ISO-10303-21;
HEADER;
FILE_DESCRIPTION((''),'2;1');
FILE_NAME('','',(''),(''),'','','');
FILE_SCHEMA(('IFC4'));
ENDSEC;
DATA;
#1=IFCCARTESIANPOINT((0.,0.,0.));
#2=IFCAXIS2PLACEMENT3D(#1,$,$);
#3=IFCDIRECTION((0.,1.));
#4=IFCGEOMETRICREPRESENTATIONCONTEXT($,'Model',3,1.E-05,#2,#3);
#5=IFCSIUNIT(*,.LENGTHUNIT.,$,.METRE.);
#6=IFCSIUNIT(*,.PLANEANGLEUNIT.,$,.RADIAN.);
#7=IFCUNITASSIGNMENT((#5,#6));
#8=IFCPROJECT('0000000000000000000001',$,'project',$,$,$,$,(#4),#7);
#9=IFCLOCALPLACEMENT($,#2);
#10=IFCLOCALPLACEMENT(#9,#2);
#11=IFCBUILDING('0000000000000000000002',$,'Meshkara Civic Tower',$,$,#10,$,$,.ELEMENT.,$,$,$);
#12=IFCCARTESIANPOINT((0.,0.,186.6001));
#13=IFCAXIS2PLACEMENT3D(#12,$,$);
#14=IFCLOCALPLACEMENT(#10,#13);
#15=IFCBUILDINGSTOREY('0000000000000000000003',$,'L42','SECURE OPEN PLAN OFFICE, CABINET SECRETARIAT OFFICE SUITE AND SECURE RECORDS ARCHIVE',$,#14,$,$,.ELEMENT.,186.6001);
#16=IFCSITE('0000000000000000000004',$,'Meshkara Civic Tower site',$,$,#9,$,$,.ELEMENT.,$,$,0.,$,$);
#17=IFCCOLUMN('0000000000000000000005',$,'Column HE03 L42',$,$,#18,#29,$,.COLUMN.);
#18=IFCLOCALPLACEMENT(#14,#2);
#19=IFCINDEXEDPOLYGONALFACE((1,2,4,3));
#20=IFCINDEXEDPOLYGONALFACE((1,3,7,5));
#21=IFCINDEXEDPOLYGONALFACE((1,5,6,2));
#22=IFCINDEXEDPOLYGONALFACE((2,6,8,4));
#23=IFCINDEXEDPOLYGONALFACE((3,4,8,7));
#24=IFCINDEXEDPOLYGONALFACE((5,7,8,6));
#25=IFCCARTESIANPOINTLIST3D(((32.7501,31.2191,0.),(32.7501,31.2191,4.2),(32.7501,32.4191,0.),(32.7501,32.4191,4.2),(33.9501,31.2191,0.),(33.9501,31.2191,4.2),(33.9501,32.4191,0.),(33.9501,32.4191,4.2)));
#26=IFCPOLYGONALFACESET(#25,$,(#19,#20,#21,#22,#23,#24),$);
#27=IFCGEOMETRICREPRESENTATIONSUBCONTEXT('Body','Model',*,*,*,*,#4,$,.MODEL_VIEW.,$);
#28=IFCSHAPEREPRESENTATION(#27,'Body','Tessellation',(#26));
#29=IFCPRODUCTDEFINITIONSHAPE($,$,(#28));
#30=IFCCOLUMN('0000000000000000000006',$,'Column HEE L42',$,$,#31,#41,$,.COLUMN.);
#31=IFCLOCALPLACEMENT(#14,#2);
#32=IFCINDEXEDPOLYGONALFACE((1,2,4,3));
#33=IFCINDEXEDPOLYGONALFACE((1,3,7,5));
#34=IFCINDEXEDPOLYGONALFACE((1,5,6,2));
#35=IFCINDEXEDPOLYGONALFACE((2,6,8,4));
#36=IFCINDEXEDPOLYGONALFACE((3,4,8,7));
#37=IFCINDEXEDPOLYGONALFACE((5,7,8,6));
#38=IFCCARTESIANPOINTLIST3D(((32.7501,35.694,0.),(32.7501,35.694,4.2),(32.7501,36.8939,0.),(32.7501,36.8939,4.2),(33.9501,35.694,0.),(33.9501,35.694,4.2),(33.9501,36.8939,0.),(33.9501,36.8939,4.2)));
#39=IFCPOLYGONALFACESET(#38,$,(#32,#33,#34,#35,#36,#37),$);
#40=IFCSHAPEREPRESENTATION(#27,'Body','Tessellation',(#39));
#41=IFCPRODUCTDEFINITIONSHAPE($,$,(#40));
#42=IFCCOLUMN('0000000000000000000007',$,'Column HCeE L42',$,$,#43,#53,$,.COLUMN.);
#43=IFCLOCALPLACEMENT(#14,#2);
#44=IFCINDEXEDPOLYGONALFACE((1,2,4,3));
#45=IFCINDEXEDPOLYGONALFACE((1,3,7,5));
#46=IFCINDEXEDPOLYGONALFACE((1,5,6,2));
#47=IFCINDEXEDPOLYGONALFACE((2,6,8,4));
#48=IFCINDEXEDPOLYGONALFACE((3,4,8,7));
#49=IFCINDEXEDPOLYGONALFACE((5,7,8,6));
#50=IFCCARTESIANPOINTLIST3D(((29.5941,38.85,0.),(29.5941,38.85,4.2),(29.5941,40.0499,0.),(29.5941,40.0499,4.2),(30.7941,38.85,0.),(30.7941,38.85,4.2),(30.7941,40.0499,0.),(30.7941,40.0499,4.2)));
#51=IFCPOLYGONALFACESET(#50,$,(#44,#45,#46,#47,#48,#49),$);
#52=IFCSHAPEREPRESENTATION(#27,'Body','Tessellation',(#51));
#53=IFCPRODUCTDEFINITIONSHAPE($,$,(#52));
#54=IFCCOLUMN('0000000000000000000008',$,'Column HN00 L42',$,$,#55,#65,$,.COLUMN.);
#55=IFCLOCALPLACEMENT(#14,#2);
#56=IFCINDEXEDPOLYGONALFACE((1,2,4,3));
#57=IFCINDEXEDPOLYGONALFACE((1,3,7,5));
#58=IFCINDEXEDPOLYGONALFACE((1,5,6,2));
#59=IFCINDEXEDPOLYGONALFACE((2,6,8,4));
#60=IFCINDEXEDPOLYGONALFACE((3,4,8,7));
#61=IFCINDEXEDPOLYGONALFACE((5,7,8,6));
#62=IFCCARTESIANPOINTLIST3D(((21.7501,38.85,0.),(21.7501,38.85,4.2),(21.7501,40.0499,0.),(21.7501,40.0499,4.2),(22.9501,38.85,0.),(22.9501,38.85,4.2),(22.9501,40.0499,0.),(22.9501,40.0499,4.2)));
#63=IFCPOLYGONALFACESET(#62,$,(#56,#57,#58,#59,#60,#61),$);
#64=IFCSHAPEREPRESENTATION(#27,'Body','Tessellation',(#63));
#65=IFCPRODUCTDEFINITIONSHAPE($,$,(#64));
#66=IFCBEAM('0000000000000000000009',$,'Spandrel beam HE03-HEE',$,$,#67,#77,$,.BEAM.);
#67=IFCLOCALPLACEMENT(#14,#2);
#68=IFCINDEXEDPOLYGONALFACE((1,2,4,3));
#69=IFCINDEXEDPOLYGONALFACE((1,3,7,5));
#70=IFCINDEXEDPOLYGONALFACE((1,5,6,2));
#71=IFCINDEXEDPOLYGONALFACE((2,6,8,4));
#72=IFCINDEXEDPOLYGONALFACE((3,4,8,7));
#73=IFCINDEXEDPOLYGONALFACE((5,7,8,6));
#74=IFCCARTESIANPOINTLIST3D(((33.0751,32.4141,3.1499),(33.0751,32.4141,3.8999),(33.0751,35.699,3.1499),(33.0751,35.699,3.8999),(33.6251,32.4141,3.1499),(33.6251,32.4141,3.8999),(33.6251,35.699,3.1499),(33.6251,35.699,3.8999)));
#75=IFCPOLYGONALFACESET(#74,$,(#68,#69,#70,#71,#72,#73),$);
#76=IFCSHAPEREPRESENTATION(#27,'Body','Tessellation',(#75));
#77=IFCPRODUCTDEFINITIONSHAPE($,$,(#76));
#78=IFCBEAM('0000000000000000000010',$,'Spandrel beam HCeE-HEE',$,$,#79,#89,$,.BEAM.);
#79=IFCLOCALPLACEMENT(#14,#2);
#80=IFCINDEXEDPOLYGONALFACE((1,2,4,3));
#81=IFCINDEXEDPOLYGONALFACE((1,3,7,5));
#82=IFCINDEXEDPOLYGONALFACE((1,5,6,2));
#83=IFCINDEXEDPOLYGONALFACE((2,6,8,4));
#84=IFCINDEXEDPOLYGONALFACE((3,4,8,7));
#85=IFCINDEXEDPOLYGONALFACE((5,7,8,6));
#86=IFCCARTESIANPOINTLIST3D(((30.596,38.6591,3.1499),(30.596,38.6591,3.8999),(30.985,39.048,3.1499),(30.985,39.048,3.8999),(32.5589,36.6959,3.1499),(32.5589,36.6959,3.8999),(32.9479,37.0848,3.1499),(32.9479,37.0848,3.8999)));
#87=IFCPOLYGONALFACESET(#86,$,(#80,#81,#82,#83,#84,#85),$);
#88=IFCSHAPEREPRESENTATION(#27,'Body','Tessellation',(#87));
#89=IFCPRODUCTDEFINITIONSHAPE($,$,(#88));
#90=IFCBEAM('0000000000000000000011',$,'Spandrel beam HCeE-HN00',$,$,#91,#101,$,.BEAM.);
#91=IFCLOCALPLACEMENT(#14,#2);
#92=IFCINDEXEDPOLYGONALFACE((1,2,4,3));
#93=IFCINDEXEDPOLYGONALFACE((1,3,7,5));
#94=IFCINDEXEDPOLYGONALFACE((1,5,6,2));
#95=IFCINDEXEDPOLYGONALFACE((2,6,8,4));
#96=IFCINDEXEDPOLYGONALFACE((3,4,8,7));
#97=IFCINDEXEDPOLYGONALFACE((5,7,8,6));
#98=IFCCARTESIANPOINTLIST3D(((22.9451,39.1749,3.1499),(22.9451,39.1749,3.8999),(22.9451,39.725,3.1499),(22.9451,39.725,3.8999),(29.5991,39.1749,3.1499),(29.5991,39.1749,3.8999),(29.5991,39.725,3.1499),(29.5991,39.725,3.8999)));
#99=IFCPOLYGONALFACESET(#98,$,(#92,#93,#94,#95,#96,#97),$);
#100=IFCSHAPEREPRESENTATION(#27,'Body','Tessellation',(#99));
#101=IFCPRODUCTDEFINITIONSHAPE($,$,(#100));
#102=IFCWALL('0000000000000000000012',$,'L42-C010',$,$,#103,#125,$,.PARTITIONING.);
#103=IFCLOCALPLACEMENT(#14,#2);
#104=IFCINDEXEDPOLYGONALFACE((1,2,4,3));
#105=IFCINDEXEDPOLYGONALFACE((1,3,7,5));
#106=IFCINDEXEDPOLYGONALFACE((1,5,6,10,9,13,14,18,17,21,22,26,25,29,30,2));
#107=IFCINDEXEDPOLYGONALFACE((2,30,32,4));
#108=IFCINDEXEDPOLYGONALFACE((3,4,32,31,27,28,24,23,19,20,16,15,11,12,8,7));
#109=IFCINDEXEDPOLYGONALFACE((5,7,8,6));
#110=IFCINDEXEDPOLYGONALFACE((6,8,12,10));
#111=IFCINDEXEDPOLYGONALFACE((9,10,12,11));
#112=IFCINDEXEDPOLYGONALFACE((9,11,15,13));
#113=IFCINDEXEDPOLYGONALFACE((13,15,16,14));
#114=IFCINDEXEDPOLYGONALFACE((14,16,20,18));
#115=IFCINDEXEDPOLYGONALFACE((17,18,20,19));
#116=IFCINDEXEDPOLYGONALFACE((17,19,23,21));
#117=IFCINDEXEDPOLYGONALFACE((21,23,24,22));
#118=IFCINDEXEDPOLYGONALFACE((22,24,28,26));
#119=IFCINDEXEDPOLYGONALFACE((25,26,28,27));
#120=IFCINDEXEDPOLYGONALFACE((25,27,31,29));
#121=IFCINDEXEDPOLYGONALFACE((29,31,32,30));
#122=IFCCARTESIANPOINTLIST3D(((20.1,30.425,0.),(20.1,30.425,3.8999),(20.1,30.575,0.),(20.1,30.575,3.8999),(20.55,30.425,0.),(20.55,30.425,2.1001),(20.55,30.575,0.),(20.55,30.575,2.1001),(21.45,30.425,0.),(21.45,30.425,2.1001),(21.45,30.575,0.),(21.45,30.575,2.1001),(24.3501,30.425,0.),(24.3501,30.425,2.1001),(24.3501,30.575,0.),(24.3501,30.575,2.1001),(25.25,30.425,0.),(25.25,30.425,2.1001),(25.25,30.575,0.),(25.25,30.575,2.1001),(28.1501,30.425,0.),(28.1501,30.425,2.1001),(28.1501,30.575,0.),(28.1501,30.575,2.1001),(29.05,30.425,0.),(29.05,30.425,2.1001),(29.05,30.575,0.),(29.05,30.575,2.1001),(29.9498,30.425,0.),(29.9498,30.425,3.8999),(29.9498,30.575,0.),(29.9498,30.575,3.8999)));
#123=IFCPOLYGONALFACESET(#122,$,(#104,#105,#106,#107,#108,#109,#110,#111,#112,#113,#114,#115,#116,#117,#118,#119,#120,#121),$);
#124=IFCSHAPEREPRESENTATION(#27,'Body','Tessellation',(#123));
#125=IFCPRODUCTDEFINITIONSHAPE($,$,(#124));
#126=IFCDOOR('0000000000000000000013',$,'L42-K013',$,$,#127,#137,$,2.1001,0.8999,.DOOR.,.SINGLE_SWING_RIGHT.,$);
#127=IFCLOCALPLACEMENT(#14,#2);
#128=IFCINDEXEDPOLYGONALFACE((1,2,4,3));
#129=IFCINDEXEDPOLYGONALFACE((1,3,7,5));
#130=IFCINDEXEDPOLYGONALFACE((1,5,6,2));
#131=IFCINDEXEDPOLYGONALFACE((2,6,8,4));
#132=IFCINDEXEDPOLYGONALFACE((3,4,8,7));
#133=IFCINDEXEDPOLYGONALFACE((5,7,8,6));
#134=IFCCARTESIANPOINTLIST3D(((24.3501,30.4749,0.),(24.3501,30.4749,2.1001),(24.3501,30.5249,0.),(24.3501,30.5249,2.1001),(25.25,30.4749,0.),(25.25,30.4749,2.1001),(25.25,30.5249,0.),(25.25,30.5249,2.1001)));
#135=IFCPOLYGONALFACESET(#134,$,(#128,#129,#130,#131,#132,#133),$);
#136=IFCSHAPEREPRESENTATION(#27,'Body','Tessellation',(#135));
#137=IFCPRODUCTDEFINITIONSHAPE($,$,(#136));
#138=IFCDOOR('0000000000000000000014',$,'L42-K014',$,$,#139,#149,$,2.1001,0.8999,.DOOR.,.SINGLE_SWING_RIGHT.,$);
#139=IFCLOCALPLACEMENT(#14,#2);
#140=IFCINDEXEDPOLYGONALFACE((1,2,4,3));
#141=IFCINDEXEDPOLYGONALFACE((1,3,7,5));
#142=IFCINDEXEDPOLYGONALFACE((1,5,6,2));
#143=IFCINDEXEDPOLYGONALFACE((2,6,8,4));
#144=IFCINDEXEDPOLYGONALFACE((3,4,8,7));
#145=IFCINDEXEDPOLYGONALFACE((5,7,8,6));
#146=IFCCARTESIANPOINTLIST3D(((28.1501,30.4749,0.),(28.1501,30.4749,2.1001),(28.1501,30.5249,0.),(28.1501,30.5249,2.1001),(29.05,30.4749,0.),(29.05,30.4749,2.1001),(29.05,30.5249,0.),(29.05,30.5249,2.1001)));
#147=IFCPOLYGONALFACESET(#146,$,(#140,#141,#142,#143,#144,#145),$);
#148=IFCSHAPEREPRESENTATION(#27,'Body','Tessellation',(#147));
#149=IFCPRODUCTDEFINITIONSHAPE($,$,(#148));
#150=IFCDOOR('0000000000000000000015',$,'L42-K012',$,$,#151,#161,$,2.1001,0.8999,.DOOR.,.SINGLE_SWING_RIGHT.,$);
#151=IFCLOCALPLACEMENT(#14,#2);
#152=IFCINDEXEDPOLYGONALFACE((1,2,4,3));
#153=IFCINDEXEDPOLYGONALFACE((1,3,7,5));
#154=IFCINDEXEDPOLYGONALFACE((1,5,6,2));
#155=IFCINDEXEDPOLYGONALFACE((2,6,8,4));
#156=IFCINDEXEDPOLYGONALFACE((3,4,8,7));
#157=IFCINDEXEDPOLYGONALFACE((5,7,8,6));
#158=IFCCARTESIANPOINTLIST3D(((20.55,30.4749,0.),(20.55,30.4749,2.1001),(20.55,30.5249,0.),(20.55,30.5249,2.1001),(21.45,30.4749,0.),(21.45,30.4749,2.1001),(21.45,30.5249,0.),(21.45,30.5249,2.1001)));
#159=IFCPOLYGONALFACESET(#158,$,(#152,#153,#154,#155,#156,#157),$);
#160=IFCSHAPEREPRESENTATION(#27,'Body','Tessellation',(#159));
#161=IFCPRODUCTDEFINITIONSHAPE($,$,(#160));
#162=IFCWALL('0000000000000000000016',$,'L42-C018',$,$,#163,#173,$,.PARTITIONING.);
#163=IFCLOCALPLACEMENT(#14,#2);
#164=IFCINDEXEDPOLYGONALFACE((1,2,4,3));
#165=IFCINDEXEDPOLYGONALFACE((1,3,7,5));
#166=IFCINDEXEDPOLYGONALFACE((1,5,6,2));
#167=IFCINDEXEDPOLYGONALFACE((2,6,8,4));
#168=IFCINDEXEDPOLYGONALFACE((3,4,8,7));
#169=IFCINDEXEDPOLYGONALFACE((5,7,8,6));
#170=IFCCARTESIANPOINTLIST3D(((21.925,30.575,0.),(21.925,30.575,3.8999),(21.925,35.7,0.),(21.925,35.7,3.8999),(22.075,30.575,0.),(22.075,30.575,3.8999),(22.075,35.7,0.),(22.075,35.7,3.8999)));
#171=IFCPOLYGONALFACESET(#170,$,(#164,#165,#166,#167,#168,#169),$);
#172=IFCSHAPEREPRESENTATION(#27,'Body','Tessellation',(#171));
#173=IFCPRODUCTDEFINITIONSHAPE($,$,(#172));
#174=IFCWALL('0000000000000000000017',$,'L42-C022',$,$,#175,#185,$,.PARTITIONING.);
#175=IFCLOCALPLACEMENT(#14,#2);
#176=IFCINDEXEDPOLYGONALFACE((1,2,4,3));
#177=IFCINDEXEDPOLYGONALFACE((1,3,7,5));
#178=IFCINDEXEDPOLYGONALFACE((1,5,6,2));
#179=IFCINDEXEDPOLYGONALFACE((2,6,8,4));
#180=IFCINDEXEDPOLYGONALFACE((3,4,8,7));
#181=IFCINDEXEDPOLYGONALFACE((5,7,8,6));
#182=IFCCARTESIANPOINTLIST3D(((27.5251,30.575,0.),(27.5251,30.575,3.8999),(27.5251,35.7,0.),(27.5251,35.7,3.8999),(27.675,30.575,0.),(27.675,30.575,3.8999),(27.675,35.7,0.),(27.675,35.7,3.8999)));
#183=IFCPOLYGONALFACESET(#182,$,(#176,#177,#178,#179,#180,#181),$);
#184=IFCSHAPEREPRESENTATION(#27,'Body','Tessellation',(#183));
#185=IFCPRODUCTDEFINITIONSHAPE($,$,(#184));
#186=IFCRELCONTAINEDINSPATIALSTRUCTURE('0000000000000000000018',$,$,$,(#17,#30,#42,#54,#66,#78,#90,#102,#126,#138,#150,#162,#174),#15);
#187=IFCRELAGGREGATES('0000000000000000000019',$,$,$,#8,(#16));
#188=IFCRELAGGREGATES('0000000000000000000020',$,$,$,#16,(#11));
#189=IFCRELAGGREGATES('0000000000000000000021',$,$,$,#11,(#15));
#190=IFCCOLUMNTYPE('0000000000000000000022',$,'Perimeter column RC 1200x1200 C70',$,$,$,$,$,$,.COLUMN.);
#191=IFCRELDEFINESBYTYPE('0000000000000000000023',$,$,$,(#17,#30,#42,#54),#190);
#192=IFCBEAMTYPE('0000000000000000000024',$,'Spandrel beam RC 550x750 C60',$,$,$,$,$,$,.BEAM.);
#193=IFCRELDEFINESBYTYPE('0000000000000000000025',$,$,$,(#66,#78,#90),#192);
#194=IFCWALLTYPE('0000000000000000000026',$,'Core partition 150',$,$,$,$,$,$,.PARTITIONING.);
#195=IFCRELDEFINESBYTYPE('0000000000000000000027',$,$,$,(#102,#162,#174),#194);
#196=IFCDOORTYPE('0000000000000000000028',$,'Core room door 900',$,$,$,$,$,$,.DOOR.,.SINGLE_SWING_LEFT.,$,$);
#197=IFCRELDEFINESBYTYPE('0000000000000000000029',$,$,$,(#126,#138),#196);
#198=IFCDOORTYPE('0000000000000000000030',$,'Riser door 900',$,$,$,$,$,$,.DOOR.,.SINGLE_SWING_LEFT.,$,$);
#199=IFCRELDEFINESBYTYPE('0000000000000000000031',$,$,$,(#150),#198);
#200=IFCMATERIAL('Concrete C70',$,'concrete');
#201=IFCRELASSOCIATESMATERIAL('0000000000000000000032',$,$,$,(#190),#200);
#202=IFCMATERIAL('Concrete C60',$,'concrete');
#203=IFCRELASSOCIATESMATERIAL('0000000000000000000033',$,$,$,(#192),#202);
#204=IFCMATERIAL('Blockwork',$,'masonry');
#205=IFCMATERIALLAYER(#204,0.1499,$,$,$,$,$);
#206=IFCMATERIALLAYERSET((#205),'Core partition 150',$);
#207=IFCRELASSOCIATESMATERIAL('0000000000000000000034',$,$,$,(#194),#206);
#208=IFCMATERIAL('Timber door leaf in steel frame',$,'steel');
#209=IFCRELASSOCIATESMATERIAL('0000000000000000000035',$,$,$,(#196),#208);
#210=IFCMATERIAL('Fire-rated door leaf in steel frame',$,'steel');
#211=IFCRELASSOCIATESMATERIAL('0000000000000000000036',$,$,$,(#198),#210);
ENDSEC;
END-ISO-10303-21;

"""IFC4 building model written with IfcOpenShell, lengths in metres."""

from ifc_helpers import new_model, si_unit, direction, frame, frame_2d, origin, origin_2d, place, context, subcontext, project, spatial, rectangle, extrude, material, layer, layer_set, material_profile, profile_set, type_object, element, fill, save


model = new_model("IFC4")

# Units and contexts
model_context = context("Model", 3, precision=1e-05, world=origin(), true_north=direction((0.0, 1.0)))
body_context = subcontext(model_context, "Body", "Model", "MODEL_VIEW")
ifc_project = project(units=[si_unit("LENGTHUNIT", "METRE"), si_unit("PLANEANGLEUNIT", "RADIAN")], contexts=[model_context])

# Site, building, storey
site_placement = place(None, origin())
site = spatial("IfcSite", under=ifc_project, at=site_placement, Name="Meshkara Civic Tower site", CompositionType="ELEMENT", RefElevation=0.0)
building_placement = place(site_placement, origin())
building = spatial("IfcBuilding", under=site, at=building_placement, Name="Meshkara Civic Tower", CompositionType="ELEMENT")
storey_placement = place(building_placement, frame((0.0, 0.0, 186.6001)))
storey = spatial("IfcBuildingStorey", under=building, at=storey_placement, Name="L42", Description="SECURE OPEN PLAN OFFICE, CABINET SECRETARIAT OFFICE SUITE AND SECURE RECORDS ARCHIVE", CompositionType="ELEMENT", Elevation=186.6001)

# Columns
ifc_material_1 = material(Name="Concrete C70", Category="concrete")
ifc_material_profile_1 = material_profile(ifc_material_1, rectangle(XDim=1.2, YDim=1.2, at=origin_2d()))
ifc_profile_set_1 = profile_set([ifc_material_profile_1], Name="Concrete C70")
column_type = type_object("IfcColumnType", Name="Perimeter column RC 1200x1200 C70", PredefinedType="COLUMN", material=ifc_profile_set_1)
for number, where, z_axis, x_axis, name in (
    (1, (33.3501, 31.8191, 0.0), (0.0, 0.0, 1.0), (1.0, 0.0, 0.0), "Column HE03 L42"),
    (2, (33.3501, 36.2939, 0.0), (0.0, 0.0, 1.0), (1.0, 0.0, 0.0), "Column HEE L42"),
    (3, (30.1941, 39.45, 0.0), (0.0, 0.0, 1.0), (1.0, 0.0, 0.0), "Column HCeE L42"),
    (4, (22.3501, 39.45, 0.0), (0.0, 0.0, 1.0), (1.0, 0.0, 0.0), "Column HN00 L42"),
):
    element("IfcColumn", number, at=place(storey_placement, frame(where, z_axis=z_axis, x_axis=x_axis)), inside=storey, type_object=column_type, Name=name, PredefinedType="COLUMN", context=body_context, shape_type="SweptSolid", body=[
        extrude(rectangle(XDim=1.2, YDim=1.2, at=origin_2d()), origin(), (0.0, 0.0, 1.0), 4.2),
    ])

# Beams
ifc_material_2 = material(Name="Concrete C60", Category="concrete")
ifc_material_profile_2 = material_profile(ifc_material_2, rectangle(XDim=0.55, YDim=0.75, at=origin_2d()))
ifc_profile_set_2 = profile_set([ifc_material_profile_2], Name="Concrete C60")
beam_type = type_object("IfcBeamType", Name="Spandrel beam RC 550x750 C60", PredefinedType="BEAM", material=ifc_profile_set_2)
beam_1_placement = place(storey_placement, frame((33.3501, 32.4141, 3.5249), z_axis=(0.0, 1.0, 0.0), x_axis=(-1.0, 0.0, 0.0)))
element("IfcBeam", 5, at=beam_1_placement, inside=storey, type_object=beam_type, Name="Spandrel beam HE03-HEE", PredefinedType="BEAM", context=body_context, shape_type="SweptSolid", body=[
    extrude(rectangle(XDim=0.55, YDim=0.75, at=origin_2d()), origin(), (0.0, 0.0, 1.0), 3.2849),
])
beam_2_placement = place(storey_placement, frame((32.7534, 36.8904, 3.5249), z_axis=(-0.707063, 0.707151, 0.0), x_axis=(-0.707151, -0.707063, 0.0)))
element("IfcBeam", 6, at=beam_2_placement, inside=storey, type_object=beam_type, Name="Spandrel beam HCeE-HEE", PredefinedType="BEAM", context=body_context, shape_type="SweptSolid", body=[
    extrude(rectangle(XDim=0.55, YDim=0.75, at=origin_2d()), origin(), (0.0, 0.0, 1.0), 2.7761),
])
beam_3_placement = place(storey_placement, frame((29.5991, 39.45, 3.5249), z_axis=(-1.0, 0.0, 0.0), x_axis=(0.0, -1.0, 0.0)))
element("IfcBeam", 7, at=beam_3_placement, inside=storey, type_object=beam_type, Name="Spandrel beam HCeE-HN00", PredefinedType="BEAM", context=body_context, shape_type="SweptSolid", body=[
    extrude(rectangle(XDim=0.55, YDim=0.75, at=origin_2d()), origin(), (0.0, 0.0, 1.0), 6.6541),
])

# Wall, openings, doors
ifc_material_3 = material(Name="Blockwork", Category="masonry")
ifc_layer_1 = layer(ifc_material_3, 0.1499)
ifc_layer_set_1 = layer_set([ifc_layer_1], Name="Core partition 150")
wall_type_1 = type_object("IfcWallType", Name="Core partition 150", PredefinedType="PARTITIONING", material=ifc_layer_set_1)
wall_1_placement = place(storey_placement, frame((20.1001, 30.5, 0.0), z_axis=(0.0, 0.0, 1.0), x_axis=(1.0, 0.0, 0.0)))
wall_1 = element("IfcWall", 8, at=wall_1_placement, inside=storey, type_object=wall_type_1, Name="L42-C010", PredefinedType="PARTITIONING", context=body_context, shape_type="SweptSolid", body=[
    extrude(rectangle(XDim=9.8499, YDim=0.1499, at=frame_2d((4.9248, 0.0))), origin(), (0.0, 0.0, 1.0), 3.8999),
])
opening_1_placement = place(wall_1_placement, frame((0.45, 0.0, 0.0)))
opening_1 = element("IfcOpeningElement", 9, at=opening_1_placement, cuts=wall_1, PredefinedType="OPENING", context=body_context, shape_type="SweptSolid", body=[
    extrude(rectangle(XDim=0.8999, YDim=2.1001, at=frame_2d((0.45, 1.05))), frame((0.0, 0.085, 0.0), z_axis=(0.0, -1.0, 0.0), x_axis=(1.0, 0.0, 0.0)), (0.0, 0.0, 1.0), 0.1699),
])
opening_2_placement = place(wall_1_placement, frame((4.25, 0.0, 0.0)))
opening_2 = element("IfcOpeningElement", 10, at=opening_2_placement, cuts=wall_1, PredefinedType="OPENING", context=body_context, shape_type="SweptSolid", body=[
    extrude(rectangle(XDim=0.8999, YDim=2.1001, at=frame_2d((0.45, 1.05))), frame((0.0, 0.085, 0.0), z_axis=(0.0, -1.0, 0.0), x_axis=(1.0, 0.0, 0.0)), (0.0, 0.0, 1.0), 0.1699),
])
opening_3_placement = place(wall_1_placement, frame((8.05, 0.0, 0.0)))
opening_3 = element("IfcOpeningElement", 11, at=opening_3_placement, cuts=wall_1, PredefinedType="OPENING", context=body_context, shape_type="SweptSolid", body=[
    extrude(rectangle(XDim=0.8999, YDim=2.1001, at=frame_2d((0.45, 1.05))), frame((0.0, 0.085, 0.0), z_axis=(0.0, -1.0, 0.0), x_axis=(1.0, 0.0, 0.0)), (0.0, 0.0, 1.0), 0.1699),
])
ifc_material_4 = material(Name="Timber door leaf in steel frame", Category="steel")
door_type_1 = type_object("IfcDoorType", Name="Core room door 900", OperationType="SINGLE_SWING_LEFT", PredefinedType="DOOR", material=ifc_material_4)
door_1_placement = place(opening_2_placement, origin())
door_1 = element("IfcDoor", 12, at=door_1_placement, inside=storey, type_object=door_type_1, Name="L42-K013", OperationType="SINGLE_SWING_RIGHT", OverallHeight=2.1001, OverallWidth=0.8999, PredefinedType="DOOR", context=body_context, shape_type="SweptSolid", body=[
    extrude(rectangle(XDim=0.8999, YDim=2.1001, at=frame_2d((0.45, 1.05))), frame((0.0, 0.0249, 0.0), z_axis=(0.0, -1.0, 0.0), x_axis=(1.0, 0.0, 0.0)), (0.0, 0.0, 1.0), 0.05),
])
fill(opening_2, door_1)
door_2_placement = place(opening_3_placement, origin())
door_2 = element("IfcDoor", 13, at=door_2_placement, inside=storey, type_object=door_type_1, Name="L42-K014", OperationType="SINGLE_SWING_RIGHT", OverallHeight=2.1001, OverallWidth=0.8999, PredefinedType="DOOR", context=body_context, shape_type="SweptSolid", body=[
    extrude(rectangle(XDim=0.8999, YDim=2.1001, at=frame_2d((0.45, 1.05))), frame((0.0, 0.0249, 0.0), z_axis=(0.0, -1.0, 0.0), x_axis=(1.0, 0.0, 0.0)), (0.0, 0.0, 1.0), 0.05),
])
fill(opening_3, door_2)
ifc_material_5 = material(Name="Fire-rated door leaf in steel frame", Category="steel")
door_type_2 = type_object("IfcDoorType", Name="Riser door 900", OperationType="SINGLE_SWING_LEFT", PredefinedType="DOOR", material=ifc_material_5)
door_3_placement = place(opening_1_placement, origin())
door_3 = element("IfcDoor", 14, at=door_3_placement, inside=storey, type_object=door_type_2, Name="L42-K012", OperationType="SINGLE_SWING_RIGHT", OverallHeight=2.1001, OverallWidth=0.8999, PredefinedType="DOOR", context=body_context, shape_type="SweptSolid", body=[
    extrude(rectangle(XDim=0.8999, YDim=2.1001, at=frame_2d((0.45, 1.05))), frame((0.0, 0.0249, 0.0), z_axis=(0.0, -1.0, 0.0), x_axis=(1.0, 0.0, 0.0)), (0.0, 0.0, 1.0), 0.05),
])
fill(opening_1, door_3)

# Walls
for number, where, z_axis, x_axis, name in (
    (15, (22.0, 30.575, 0.0), (0.0, 0.0, 1.0), (0.0, 1.0, 0.0), "L42-C018"),
    (16, (27.6001, 30.575, 0.0), (0.0, 0.0, 1.0), (0.0, 1.0, 0.0), "L42-C022"),
):
    element("IfcWall", number, at=place(storey_placement, frame(where, z_axis=z_axis, x_axis=x_axis)), inside=storey, type_object=wall_type_1, Name=name, PredefinedType="PARTITIONING", context=body_context, shape_type="SweptSolid", body=[
        extrude(rectangle(XDim=5.125, YDim=0.1499, at=frame_2d((2.5625, 0.0))), origin(), (0.0, 0.0, 1.0), 3.8999),
    ])

save(model, "model.ifc")
